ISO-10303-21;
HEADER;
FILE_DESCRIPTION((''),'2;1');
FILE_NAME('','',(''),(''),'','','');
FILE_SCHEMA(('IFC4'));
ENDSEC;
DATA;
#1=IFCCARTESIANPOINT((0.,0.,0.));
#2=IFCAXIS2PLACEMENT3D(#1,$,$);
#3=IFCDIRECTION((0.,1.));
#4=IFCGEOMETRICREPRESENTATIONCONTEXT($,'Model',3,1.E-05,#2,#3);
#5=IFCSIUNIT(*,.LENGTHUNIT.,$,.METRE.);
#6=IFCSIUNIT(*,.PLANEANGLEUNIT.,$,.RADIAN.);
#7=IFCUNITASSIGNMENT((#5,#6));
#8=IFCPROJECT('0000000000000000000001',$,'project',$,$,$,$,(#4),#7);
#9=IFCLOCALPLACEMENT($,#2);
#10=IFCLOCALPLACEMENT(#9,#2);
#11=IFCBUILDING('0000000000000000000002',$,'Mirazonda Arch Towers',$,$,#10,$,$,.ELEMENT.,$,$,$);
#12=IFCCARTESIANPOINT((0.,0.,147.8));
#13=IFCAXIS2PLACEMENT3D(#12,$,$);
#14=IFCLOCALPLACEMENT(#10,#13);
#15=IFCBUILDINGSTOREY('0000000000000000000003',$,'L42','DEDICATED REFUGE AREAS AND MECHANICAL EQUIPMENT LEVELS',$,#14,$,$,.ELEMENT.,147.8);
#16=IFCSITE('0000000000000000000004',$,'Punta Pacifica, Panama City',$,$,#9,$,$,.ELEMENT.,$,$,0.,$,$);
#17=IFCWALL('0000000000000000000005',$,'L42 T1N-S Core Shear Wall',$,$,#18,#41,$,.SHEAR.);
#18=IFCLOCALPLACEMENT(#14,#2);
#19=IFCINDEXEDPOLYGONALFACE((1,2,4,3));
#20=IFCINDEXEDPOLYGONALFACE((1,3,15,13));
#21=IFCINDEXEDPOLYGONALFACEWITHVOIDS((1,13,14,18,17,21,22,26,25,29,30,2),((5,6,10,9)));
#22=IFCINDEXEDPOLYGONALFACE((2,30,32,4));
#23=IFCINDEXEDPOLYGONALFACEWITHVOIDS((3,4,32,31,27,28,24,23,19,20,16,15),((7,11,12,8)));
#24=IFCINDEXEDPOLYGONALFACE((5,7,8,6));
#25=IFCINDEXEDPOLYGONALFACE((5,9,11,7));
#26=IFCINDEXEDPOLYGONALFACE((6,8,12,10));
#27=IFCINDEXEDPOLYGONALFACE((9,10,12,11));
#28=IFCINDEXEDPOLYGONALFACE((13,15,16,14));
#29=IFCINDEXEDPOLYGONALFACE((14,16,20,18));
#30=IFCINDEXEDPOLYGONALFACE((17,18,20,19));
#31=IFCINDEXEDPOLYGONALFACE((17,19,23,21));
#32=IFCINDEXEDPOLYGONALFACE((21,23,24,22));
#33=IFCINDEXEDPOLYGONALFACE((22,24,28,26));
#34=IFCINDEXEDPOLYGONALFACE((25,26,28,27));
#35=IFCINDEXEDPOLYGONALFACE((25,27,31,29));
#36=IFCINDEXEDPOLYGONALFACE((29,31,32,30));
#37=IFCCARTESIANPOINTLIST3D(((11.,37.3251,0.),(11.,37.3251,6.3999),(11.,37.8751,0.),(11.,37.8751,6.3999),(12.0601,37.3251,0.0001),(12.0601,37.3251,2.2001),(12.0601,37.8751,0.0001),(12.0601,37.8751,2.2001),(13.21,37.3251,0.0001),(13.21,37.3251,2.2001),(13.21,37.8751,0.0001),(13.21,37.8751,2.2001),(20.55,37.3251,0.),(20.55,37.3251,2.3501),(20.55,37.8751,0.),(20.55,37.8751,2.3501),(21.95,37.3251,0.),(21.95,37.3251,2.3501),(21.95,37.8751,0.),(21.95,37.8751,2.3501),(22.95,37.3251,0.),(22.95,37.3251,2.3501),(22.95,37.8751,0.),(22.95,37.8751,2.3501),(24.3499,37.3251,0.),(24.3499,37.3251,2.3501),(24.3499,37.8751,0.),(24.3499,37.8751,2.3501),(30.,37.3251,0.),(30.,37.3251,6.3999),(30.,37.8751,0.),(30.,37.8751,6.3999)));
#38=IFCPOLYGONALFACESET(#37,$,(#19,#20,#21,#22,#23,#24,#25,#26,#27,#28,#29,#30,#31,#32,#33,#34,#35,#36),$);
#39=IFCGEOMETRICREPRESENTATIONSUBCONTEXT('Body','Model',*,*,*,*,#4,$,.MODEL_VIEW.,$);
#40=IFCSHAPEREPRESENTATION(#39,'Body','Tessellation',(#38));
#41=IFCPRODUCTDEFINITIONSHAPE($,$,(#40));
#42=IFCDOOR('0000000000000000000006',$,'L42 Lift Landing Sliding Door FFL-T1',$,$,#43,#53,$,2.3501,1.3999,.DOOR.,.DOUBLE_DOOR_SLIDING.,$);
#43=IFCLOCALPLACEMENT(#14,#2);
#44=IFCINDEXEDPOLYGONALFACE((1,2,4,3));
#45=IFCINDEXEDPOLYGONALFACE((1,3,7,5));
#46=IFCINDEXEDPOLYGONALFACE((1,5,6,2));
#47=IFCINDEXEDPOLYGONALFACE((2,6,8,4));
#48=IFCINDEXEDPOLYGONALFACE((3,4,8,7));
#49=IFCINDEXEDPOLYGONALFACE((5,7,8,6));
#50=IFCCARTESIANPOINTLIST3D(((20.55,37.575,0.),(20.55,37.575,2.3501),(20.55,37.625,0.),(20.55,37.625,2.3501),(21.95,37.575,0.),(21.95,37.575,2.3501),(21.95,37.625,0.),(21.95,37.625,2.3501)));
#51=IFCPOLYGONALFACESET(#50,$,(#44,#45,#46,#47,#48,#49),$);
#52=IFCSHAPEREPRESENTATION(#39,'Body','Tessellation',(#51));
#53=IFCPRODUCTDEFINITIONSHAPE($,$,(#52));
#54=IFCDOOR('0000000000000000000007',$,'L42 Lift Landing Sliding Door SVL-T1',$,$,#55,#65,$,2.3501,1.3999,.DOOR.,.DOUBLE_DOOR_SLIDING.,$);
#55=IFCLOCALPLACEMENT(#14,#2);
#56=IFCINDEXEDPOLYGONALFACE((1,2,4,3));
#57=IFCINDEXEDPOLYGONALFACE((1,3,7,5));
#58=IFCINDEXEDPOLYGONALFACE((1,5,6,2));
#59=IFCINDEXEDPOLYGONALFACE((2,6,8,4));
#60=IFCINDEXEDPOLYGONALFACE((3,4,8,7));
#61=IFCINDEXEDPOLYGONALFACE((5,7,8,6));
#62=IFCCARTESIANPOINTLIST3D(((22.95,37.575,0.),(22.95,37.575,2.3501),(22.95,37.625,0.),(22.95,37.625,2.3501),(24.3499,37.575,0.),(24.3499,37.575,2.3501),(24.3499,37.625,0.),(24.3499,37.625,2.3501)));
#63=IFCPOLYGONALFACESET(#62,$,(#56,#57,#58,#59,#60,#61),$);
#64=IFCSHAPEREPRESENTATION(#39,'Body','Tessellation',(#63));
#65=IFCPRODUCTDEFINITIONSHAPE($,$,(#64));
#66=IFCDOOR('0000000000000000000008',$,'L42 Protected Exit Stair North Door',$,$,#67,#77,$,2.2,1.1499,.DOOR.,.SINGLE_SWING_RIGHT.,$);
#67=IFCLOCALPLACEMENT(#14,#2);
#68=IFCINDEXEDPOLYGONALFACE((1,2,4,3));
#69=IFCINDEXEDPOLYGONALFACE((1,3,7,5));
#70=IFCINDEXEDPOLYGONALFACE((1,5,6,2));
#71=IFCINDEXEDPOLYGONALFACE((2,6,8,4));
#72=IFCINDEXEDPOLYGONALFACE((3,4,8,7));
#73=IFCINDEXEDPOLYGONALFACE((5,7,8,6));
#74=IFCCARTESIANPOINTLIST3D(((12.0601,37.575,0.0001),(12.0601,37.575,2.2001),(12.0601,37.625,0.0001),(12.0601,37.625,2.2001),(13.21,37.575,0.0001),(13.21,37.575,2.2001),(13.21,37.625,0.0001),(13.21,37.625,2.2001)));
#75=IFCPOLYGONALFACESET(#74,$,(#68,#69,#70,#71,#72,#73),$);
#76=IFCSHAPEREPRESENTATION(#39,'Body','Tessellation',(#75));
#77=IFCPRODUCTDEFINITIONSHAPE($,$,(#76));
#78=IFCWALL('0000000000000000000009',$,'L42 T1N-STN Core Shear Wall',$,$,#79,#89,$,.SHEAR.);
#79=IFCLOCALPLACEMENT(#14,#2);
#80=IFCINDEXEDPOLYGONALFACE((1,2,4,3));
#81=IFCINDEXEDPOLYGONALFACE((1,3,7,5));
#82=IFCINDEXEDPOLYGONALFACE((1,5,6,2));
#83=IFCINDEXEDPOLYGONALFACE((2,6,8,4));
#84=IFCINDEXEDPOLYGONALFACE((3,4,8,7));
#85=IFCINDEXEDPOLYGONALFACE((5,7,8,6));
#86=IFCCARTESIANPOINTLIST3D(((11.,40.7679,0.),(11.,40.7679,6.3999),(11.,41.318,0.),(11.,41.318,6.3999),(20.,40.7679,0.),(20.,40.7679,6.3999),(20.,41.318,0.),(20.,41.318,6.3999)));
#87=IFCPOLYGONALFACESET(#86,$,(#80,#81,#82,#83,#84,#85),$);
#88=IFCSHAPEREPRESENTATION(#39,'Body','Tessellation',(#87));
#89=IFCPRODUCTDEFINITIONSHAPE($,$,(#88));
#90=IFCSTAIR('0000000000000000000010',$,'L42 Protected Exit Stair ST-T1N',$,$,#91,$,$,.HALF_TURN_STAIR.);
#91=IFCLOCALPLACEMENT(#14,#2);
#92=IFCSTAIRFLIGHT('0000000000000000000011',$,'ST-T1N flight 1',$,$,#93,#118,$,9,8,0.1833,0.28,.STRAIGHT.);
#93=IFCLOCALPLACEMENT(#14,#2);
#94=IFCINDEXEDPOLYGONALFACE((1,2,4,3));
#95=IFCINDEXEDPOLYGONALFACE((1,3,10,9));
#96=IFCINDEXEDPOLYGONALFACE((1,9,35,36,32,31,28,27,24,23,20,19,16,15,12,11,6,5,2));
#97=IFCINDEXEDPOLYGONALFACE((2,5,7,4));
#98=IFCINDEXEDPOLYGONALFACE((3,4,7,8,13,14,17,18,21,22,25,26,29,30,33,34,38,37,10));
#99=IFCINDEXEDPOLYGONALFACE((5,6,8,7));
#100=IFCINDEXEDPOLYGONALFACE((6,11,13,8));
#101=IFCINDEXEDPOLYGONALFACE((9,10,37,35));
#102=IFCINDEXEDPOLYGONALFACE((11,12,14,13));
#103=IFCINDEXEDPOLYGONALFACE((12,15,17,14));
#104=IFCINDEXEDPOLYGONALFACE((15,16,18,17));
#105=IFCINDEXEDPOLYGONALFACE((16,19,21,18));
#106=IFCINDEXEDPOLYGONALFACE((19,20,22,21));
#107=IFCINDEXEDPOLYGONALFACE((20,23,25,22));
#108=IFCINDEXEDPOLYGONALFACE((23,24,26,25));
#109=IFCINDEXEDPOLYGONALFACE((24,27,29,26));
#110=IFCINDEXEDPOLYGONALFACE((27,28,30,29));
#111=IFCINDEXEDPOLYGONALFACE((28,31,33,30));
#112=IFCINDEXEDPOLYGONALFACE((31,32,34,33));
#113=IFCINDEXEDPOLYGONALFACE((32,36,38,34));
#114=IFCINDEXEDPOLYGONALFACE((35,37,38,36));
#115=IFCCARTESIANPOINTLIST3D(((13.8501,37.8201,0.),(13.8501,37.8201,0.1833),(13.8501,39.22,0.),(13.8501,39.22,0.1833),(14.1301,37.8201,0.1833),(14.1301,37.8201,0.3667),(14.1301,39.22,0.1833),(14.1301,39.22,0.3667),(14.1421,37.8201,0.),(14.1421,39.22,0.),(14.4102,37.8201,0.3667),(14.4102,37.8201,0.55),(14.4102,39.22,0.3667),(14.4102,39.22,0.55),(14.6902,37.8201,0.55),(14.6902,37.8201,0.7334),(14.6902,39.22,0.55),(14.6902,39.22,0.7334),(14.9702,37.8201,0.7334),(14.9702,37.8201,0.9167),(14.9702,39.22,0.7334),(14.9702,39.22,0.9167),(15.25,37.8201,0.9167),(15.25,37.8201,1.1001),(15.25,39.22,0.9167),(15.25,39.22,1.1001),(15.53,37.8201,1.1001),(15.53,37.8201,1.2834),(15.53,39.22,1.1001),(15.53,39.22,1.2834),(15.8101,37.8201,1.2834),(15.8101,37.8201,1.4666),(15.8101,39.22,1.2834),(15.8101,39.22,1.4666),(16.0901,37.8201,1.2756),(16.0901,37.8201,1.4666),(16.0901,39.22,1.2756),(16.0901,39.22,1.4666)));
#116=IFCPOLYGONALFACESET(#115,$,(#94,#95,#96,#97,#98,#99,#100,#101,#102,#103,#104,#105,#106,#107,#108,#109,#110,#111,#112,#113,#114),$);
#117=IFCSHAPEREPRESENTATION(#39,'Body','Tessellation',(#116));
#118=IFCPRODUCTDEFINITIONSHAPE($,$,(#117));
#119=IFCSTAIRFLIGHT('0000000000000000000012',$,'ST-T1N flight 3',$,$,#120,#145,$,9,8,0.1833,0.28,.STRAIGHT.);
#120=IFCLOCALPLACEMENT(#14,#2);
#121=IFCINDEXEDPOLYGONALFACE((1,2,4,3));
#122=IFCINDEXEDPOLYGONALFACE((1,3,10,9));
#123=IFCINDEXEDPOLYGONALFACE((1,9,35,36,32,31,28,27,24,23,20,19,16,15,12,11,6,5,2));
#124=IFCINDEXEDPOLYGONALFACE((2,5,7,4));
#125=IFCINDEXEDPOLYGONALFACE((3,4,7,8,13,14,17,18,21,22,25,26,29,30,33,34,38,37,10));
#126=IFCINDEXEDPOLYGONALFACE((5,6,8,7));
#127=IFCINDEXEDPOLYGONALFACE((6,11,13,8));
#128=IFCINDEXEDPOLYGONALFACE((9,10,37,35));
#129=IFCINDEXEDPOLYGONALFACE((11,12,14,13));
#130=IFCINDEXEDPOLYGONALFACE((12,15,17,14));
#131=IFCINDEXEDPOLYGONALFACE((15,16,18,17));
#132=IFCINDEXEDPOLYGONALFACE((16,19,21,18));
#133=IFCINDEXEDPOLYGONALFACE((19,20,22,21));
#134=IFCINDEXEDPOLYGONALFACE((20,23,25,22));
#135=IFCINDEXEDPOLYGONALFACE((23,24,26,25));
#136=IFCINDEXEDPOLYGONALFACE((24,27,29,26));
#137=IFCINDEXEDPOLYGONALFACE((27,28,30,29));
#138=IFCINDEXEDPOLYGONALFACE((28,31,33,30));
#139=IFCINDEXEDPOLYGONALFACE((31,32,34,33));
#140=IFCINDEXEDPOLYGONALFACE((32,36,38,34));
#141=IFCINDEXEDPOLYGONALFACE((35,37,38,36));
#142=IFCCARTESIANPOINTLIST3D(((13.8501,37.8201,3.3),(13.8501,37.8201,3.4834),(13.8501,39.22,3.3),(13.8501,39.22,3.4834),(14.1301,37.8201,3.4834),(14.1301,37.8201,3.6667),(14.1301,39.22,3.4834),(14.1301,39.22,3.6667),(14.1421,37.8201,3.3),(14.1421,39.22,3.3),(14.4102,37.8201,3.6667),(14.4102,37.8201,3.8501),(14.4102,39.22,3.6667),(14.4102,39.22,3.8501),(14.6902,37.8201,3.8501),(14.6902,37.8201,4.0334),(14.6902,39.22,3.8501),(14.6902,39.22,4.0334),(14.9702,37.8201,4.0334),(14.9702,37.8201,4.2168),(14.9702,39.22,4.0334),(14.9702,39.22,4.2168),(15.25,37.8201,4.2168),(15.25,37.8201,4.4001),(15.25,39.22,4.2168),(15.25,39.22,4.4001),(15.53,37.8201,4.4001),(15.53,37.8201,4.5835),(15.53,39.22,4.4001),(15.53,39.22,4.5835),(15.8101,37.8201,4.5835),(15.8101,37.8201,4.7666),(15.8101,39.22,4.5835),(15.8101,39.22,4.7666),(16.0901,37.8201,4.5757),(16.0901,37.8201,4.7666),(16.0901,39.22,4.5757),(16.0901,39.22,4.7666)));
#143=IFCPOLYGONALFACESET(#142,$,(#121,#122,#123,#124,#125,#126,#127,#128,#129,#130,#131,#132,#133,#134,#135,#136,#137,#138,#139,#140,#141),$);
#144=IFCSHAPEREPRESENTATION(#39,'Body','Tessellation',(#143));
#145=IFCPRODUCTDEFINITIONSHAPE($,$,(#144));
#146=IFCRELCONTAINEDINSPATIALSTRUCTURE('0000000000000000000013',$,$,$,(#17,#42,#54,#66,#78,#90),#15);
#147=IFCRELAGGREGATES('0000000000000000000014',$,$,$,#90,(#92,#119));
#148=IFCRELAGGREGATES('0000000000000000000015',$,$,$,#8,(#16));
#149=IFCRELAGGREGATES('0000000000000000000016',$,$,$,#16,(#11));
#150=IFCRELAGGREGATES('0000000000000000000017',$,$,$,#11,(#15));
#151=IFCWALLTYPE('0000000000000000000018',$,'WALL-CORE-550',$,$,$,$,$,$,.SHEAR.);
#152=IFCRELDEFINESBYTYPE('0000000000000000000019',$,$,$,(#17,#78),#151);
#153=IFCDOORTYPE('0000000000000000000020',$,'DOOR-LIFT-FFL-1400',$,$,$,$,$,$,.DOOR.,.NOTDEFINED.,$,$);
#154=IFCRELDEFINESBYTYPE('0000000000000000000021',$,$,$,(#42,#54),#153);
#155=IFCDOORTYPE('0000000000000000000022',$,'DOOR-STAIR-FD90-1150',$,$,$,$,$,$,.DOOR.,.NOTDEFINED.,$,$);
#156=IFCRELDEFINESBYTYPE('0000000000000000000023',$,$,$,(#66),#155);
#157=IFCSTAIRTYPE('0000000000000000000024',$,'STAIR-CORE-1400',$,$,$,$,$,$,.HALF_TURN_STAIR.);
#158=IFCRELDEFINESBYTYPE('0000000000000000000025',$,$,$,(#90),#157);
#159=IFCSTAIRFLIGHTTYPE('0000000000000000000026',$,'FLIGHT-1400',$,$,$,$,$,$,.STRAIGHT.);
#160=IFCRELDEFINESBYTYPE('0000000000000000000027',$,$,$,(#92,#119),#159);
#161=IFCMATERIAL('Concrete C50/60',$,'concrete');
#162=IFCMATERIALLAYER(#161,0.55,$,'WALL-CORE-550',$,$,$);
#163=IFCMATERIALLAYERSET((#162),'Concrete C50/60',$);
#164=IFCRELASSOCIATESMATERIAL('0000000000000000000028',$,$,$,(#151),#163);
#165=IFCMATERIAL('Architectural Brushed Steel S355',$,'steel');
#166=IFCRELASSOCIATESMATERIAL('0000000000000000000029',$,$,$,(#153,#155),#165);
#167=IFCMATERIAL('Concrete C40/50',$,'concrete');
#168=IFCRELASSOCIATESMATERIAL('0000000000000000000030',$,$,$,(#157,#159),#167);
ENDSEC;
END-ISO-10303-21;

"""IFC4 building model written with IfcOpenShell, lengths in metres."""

from ifc_helpers import new_model, si_unit, direction, frame, frame_2d, origin, place, context, subcontext, project, spatial, polyline, rectangle, outline, extrude, material, layer, layer_set, type_object, element, fill, aggregate, save


model = new_model("IFC4")

# Units and contexts
model_context = context("Model", 3, precision=1e-05, world=origin(), true_north=direction((0.0, 1.0)))
body_context = subcontext(model_context, "Body", "Model", "MODEL_VIEW")
ifc_project = project(units=[si_unit("LENGTHUNIT", "METRE"), si_unit("PLANEANGLEUNIT", "RADIAN")], contexts=[model_context])

# Site, building, storey
site_placement = place(None, origin())
site = spatial("IfcSite", under=ifc_project, at=site_placement, Name="Punta Pacifica, Panama City", CompositionType="ELEMENT", RefElevation=0.0)
building_placement = place(site_placement, origin())
building = spatial("IfcBuilding", under=site, at=building_placement, Name="Mirazonda Arch Towers", CompositionType="ELEMENT")
storey_placement = place(building_placement, frame((0.0, 0.0, 147.8)))
storey = spatial("IfcBuildingStorey", under=building, at=storey_placement, Name="L42", Description="DEDICATED REFUGE AREAS AND MECHANICAL EQUIPMENT LEVELS", CompositionType="ELEMENT", Elevation=147.8)

# Shared definitions
ifc_material_1 = material(Name="Concrete C50/60", Category="concrete")

# Shared definitions
ifc_layer_1 = layer(ifc_material_1, 0.55, Name="WALL-CORE-550")
ifc_layer_set_1 = layer_set([ifc_layer_1], Name="Concrete C50/60")
wall_type = type_object("IfcWallType", Name="WALL-CORE-550", PredefinedType="SHEAR", material=ifc_layer_set_1)

# Wall, openings, doors
wall_1_placement = place(storey_placement, frame((11.0, 37.6001, 0.0), z_axis=(0.0, 0.0, 1.0), x_axis=(1.0, 0.0, 0.0)))
wall_1 = element("IfcWall", 1, at=wall_1_placement, inside=storey, type_object=wall_type, Name="L42 T1N-S Core Shear Wall", PredefinedType="SHEAR", context=body_context, shape_type="SweptSolid", body=[
    extrude(rectangle(XDim=19.0, YDim=0.55, at=frame_2d((9.5, 0.0))), origin(), (0.0, 0.0, 1.0), 6.3999),
])
opening_1_placement = place(wall_1_placement, frame((1.0601, 0.0, 0.0)))
opening_1 = element("IfcOpeningElement", 2, at=opening_1_placement, cuts=wall_1, PredefinedType="OPENING", context=body_context, shape_type="SweptSolid", body=[
    extrude(rectangle(XDim=1.1499, YDim=2.2, at=frame_2d((0.575, 1.1001))), frame((0.0, 0.2849, 0.0), z_axis=(0.0, -1.0, 0.0), x_axis=(1.0, 0.0, 0.0)), (0.0, 0.0, 1.0), 0.5701),
])
opening_2_placement = place(wall_1_placement, frame((9.55, 0.0, 0.0)))
opening_2 = element("IfcOpeningElement", 3, at=opening_2_placement, cuts=wall_1, PredefinedType="OPENING", context=body_context, shape_type="SweptSolid", body=[
    extrude(rectangle(XDim=1.3999, YDim=2.3501, at=frame_2d((0.7, 1.175))), frame((0.0, 0.2849, 0.0), z_axis=(0.0, -1.0, 0.0), x_axis=(1.0, 0.0, 0.0)), (0.0, 0.0, 1.0), 0.5701),
])
opening_3_placement = place(wall_1_placement, frame((11.95, 0.0, 0.0)))
opening_3 = element("IfcOpeningElement", 4, at=opening_3_placement, cuts=wall_1, PredefinedType="OPENING", context=body_context, shape_type="SweptSolid", body=[
    extrude(rectangle(XDim=1.3999, YDim=2.3501, at=frame_2d((0.7, 1.175))), frame((0.0, 0.2849, 0.0), z_axis=(0.0, -1.0, 0.0), x_axis=(1.0, 0.0, 0.0)), (0.0, 0.0, 1.0), 0.5701),
])
ifc_material_2 = material(Name="Architectural Brushed Steel S355", Category="steel")
door_type_1 = type_object("IfcDoorType", Name="DOOR-LIFT-FFL-1400", OperationType="NOTDEFINED", PredefinedType="DOOR", material=ifc_material_2)
door_1_placement = place(opening_2_placement, origin())
door_1 = element("IfcDoor", 5, at=door_1_placement, inside=storey, type_object=door_type_1, Name="L42 Lift Landing Sliding Door FFL-T1", OperationType="DOUBLE_DOOR_SLIDING", OverallHeight=2.3501, OverallWidth=1.3999, PredefinedType="DOOR", context=body_context, shape_type="SweptSolid", body=[
    extrude(rectangle(XDim=1.3999, YDim=2.3501, at=frame_2d((0.7, 1.175))), frame((0.0, 0.0249, 0.0), z_axis=(0.0, -1.0, 0.0), x_axis=(1.0, 0.0, 0.0)), (0.0, 0.0, 1.0), 0.05),
])
fill(opening_2, door_1)
door_2_placement = place(opening_3_placement, origin())
door_2 = element("IfcDoor", 6, at=door_2_placement, inside=storey, type_object=door_type_1, Name="L42 Lift Landing Sliding Door SVL-T1", OperationType="DOUBLE_DOOR_SLIDING", OverallHeight=2.3501, OverallWidth=1.3999, PredefinedType="DOOR", context=body_context, shape_type="SweptSolid", body=[
    extrude(rectangle(XDim=1.3999, YDim=2.3501, at=frame_2d((0.7, 1.175))), frame((0.0, 0.0249, 0.0), z_axis=(0.0, -1.0, 0.0), x_axis=(1.0, 0.0, 0.0)), (0.0, 0.0, 1.0), 0.05),
])
fill(opening_3, door_2)
door_type_2 = type_object("IfcDoorType", Name="DOOR-STAIR-FD90-1150", OperationType="NOTDEFINED", PredefinedType="DOOR", material=ifc_material_2)
door_3_placement = place(opening_1_placement, origin())
door_3 = element("IfcDoor", 7, at=door_3_placement, inside=storey, type_object=door_type_2, Name="L42 Protected Exit Stair North Door", OperationType="SINGLE_SWING_RIGHT", OverallHeight=2.2, OverallWidth=1.1499, PredefinedType="DOOR", context=body_context, shape_type="SweptSolid", body=[
    extrude(rectangle(XDim=1.1499, YDim=2.2, at=frame_2d((0.575, 1.1001))), frame((0.0, 0.0249, 0.0), z_axis=(0.0, -1.0, 0.0), x_axis=(1.0, 0.0, 0.0)), (0.0, 0.0, 1.0), 0.05),
])
fill(opening_1, door_3)

# Wall
wall_2_placement = place(storey_placement, frame((11.0, 41.043, 0.0), z_axis=(0.0, 0.0, 1.0), x_axis=(1.0, 0.0, 0.0)))
element("IfcWall", 8, at=wall_2_placement, inside=storey, type_object=wall_type, Name="L42 T1N-STN Core Shear Wall", PredefinedType="SHEAR", context=body_context, shape_type="SweptSolid", body=[
    extrude(rectangle(XDim=9.0, YDim=0.55, at=frame_2d((4.5, 0.0))), origin(), (0.0, 0.0, 1.0), 6.3999),
])

# Stair, stair flights
ifc_material_3 = material(Name="Concrete C40/50", Category="concrete")
stair_type = type_object("IfcStairType", Name="STAIR-CORE-1400", PredefinedType="HALF_TURN_STAIR", material=ifc_material_3)
stair_placement = place(storey_placement, origin())
stair = element("IfcStair", 9, at=stair_placement, inside=storey, type_object=stair_type, Name="L42 Protected Exit Stair ST-T1N", PredefinedType="HALF_TURN_STAIR")
stair_flight_type = type_object("IfcStairFlightType", Name="FLIGHT-1400", PredefinedType="STRAIGHT", material=ifc_material_3)
stair_flight_1_placement = place(storey_placement, frame((13.8501, 38.52, 0.0), z_axis=(0.0, 0.0, 1.0), x_axis=(1.0, 0.0, 0.0)))
stair_flight_1 = element("IfcStairFlight", 10, at=stair_flight_1_placement, type_object=stair_flight_type, Name="ST-T1N flight 1", NumberOfRisers=9, NumberOfTreads=8, PredefinedType="STRAIGHT", RiserHeight=0.1833, TreadLength=0.28, context=body_context, shape_type="SweptSolid", body=[
    extrude(outline(polyline([(0.0, 0.0), (0.0, 0.1833), (0.28, 0.1833), (0.28, 0.3667), (0.5601, 0.3667), (0.5601, 0.55), (0.8401, 0.55), (0.8401, 0.7334), (1.1201, 0.7334), (1.1201, 0.9167), (1.3999, 0.9167), (1.3999, 1.1001), (1.6799, 1.1001), (1.6799, 1.2834), (1.96, 1.2834), (1.96, 1.4666), (2.24, 1.4666), (2.24, 1.6499), (2.24, 1.2756), (0.292, 0.0), (0.0, 0.0)])), frame((0.0, 0.7, 0.0), z_axis=(0.0, -1.0, 0.0), x_axis=(1.0, 0.0, 0.0)), (0.0, 0.0, 1.0), 1.3999),
])
stair_flight_2_placement = place(storey_placement, frame((13.8501, 38.52, 3.3), z_axis=(0.0, 0.0, 1.0), x_axis=(1.0, 0.0, 0.0)))
stair_flight_2 = element("IfcStairFlight", 11, at=stair_flight_2_placement, type_object=stair_flight_type, Name="ST-T1N flight 3", NumberOfRisers=9, NumberOfTreads=8, PredefinedType="STRAIGHT", RiserHeight=0.1833, TreadLength=0.28, context=body_context, shape_type="SweptSolid", body=[
    extrude(outline(polyline([(0.0, 0.0), (0.0, 0.1833), (0.28, 0.1833), (0.28, 0.3667), (0.5601, 0.3667), (0.5601, 0.55), (0.8401, 0.55), (0.8401, 0.7334), (1.1201, 0.7334), (1.1201, 0.9167), (1.3999, 0.9167), (1.3999, 1.1001), (1.6799, 1.1001), (1.6799, 1.2834), (1.96, 1.2834), (1.96, 1.4666), (2.24, 1.4666), (2.24, 1.6499), (2.24, 1.2756), (0.292, 0.0), (0.0, 0.0)])), frame((0.0, 0.7, 0.0), z_axis=(0.0, -1.0, 0.0), x_axis=(1.0, 0.0, 0.0)), (0.0, 0.0, 1.0), 1.3999),
])
aggregate(stair, [stair_flight_1, stair_flight_2])

save(model, "model.ifc")
